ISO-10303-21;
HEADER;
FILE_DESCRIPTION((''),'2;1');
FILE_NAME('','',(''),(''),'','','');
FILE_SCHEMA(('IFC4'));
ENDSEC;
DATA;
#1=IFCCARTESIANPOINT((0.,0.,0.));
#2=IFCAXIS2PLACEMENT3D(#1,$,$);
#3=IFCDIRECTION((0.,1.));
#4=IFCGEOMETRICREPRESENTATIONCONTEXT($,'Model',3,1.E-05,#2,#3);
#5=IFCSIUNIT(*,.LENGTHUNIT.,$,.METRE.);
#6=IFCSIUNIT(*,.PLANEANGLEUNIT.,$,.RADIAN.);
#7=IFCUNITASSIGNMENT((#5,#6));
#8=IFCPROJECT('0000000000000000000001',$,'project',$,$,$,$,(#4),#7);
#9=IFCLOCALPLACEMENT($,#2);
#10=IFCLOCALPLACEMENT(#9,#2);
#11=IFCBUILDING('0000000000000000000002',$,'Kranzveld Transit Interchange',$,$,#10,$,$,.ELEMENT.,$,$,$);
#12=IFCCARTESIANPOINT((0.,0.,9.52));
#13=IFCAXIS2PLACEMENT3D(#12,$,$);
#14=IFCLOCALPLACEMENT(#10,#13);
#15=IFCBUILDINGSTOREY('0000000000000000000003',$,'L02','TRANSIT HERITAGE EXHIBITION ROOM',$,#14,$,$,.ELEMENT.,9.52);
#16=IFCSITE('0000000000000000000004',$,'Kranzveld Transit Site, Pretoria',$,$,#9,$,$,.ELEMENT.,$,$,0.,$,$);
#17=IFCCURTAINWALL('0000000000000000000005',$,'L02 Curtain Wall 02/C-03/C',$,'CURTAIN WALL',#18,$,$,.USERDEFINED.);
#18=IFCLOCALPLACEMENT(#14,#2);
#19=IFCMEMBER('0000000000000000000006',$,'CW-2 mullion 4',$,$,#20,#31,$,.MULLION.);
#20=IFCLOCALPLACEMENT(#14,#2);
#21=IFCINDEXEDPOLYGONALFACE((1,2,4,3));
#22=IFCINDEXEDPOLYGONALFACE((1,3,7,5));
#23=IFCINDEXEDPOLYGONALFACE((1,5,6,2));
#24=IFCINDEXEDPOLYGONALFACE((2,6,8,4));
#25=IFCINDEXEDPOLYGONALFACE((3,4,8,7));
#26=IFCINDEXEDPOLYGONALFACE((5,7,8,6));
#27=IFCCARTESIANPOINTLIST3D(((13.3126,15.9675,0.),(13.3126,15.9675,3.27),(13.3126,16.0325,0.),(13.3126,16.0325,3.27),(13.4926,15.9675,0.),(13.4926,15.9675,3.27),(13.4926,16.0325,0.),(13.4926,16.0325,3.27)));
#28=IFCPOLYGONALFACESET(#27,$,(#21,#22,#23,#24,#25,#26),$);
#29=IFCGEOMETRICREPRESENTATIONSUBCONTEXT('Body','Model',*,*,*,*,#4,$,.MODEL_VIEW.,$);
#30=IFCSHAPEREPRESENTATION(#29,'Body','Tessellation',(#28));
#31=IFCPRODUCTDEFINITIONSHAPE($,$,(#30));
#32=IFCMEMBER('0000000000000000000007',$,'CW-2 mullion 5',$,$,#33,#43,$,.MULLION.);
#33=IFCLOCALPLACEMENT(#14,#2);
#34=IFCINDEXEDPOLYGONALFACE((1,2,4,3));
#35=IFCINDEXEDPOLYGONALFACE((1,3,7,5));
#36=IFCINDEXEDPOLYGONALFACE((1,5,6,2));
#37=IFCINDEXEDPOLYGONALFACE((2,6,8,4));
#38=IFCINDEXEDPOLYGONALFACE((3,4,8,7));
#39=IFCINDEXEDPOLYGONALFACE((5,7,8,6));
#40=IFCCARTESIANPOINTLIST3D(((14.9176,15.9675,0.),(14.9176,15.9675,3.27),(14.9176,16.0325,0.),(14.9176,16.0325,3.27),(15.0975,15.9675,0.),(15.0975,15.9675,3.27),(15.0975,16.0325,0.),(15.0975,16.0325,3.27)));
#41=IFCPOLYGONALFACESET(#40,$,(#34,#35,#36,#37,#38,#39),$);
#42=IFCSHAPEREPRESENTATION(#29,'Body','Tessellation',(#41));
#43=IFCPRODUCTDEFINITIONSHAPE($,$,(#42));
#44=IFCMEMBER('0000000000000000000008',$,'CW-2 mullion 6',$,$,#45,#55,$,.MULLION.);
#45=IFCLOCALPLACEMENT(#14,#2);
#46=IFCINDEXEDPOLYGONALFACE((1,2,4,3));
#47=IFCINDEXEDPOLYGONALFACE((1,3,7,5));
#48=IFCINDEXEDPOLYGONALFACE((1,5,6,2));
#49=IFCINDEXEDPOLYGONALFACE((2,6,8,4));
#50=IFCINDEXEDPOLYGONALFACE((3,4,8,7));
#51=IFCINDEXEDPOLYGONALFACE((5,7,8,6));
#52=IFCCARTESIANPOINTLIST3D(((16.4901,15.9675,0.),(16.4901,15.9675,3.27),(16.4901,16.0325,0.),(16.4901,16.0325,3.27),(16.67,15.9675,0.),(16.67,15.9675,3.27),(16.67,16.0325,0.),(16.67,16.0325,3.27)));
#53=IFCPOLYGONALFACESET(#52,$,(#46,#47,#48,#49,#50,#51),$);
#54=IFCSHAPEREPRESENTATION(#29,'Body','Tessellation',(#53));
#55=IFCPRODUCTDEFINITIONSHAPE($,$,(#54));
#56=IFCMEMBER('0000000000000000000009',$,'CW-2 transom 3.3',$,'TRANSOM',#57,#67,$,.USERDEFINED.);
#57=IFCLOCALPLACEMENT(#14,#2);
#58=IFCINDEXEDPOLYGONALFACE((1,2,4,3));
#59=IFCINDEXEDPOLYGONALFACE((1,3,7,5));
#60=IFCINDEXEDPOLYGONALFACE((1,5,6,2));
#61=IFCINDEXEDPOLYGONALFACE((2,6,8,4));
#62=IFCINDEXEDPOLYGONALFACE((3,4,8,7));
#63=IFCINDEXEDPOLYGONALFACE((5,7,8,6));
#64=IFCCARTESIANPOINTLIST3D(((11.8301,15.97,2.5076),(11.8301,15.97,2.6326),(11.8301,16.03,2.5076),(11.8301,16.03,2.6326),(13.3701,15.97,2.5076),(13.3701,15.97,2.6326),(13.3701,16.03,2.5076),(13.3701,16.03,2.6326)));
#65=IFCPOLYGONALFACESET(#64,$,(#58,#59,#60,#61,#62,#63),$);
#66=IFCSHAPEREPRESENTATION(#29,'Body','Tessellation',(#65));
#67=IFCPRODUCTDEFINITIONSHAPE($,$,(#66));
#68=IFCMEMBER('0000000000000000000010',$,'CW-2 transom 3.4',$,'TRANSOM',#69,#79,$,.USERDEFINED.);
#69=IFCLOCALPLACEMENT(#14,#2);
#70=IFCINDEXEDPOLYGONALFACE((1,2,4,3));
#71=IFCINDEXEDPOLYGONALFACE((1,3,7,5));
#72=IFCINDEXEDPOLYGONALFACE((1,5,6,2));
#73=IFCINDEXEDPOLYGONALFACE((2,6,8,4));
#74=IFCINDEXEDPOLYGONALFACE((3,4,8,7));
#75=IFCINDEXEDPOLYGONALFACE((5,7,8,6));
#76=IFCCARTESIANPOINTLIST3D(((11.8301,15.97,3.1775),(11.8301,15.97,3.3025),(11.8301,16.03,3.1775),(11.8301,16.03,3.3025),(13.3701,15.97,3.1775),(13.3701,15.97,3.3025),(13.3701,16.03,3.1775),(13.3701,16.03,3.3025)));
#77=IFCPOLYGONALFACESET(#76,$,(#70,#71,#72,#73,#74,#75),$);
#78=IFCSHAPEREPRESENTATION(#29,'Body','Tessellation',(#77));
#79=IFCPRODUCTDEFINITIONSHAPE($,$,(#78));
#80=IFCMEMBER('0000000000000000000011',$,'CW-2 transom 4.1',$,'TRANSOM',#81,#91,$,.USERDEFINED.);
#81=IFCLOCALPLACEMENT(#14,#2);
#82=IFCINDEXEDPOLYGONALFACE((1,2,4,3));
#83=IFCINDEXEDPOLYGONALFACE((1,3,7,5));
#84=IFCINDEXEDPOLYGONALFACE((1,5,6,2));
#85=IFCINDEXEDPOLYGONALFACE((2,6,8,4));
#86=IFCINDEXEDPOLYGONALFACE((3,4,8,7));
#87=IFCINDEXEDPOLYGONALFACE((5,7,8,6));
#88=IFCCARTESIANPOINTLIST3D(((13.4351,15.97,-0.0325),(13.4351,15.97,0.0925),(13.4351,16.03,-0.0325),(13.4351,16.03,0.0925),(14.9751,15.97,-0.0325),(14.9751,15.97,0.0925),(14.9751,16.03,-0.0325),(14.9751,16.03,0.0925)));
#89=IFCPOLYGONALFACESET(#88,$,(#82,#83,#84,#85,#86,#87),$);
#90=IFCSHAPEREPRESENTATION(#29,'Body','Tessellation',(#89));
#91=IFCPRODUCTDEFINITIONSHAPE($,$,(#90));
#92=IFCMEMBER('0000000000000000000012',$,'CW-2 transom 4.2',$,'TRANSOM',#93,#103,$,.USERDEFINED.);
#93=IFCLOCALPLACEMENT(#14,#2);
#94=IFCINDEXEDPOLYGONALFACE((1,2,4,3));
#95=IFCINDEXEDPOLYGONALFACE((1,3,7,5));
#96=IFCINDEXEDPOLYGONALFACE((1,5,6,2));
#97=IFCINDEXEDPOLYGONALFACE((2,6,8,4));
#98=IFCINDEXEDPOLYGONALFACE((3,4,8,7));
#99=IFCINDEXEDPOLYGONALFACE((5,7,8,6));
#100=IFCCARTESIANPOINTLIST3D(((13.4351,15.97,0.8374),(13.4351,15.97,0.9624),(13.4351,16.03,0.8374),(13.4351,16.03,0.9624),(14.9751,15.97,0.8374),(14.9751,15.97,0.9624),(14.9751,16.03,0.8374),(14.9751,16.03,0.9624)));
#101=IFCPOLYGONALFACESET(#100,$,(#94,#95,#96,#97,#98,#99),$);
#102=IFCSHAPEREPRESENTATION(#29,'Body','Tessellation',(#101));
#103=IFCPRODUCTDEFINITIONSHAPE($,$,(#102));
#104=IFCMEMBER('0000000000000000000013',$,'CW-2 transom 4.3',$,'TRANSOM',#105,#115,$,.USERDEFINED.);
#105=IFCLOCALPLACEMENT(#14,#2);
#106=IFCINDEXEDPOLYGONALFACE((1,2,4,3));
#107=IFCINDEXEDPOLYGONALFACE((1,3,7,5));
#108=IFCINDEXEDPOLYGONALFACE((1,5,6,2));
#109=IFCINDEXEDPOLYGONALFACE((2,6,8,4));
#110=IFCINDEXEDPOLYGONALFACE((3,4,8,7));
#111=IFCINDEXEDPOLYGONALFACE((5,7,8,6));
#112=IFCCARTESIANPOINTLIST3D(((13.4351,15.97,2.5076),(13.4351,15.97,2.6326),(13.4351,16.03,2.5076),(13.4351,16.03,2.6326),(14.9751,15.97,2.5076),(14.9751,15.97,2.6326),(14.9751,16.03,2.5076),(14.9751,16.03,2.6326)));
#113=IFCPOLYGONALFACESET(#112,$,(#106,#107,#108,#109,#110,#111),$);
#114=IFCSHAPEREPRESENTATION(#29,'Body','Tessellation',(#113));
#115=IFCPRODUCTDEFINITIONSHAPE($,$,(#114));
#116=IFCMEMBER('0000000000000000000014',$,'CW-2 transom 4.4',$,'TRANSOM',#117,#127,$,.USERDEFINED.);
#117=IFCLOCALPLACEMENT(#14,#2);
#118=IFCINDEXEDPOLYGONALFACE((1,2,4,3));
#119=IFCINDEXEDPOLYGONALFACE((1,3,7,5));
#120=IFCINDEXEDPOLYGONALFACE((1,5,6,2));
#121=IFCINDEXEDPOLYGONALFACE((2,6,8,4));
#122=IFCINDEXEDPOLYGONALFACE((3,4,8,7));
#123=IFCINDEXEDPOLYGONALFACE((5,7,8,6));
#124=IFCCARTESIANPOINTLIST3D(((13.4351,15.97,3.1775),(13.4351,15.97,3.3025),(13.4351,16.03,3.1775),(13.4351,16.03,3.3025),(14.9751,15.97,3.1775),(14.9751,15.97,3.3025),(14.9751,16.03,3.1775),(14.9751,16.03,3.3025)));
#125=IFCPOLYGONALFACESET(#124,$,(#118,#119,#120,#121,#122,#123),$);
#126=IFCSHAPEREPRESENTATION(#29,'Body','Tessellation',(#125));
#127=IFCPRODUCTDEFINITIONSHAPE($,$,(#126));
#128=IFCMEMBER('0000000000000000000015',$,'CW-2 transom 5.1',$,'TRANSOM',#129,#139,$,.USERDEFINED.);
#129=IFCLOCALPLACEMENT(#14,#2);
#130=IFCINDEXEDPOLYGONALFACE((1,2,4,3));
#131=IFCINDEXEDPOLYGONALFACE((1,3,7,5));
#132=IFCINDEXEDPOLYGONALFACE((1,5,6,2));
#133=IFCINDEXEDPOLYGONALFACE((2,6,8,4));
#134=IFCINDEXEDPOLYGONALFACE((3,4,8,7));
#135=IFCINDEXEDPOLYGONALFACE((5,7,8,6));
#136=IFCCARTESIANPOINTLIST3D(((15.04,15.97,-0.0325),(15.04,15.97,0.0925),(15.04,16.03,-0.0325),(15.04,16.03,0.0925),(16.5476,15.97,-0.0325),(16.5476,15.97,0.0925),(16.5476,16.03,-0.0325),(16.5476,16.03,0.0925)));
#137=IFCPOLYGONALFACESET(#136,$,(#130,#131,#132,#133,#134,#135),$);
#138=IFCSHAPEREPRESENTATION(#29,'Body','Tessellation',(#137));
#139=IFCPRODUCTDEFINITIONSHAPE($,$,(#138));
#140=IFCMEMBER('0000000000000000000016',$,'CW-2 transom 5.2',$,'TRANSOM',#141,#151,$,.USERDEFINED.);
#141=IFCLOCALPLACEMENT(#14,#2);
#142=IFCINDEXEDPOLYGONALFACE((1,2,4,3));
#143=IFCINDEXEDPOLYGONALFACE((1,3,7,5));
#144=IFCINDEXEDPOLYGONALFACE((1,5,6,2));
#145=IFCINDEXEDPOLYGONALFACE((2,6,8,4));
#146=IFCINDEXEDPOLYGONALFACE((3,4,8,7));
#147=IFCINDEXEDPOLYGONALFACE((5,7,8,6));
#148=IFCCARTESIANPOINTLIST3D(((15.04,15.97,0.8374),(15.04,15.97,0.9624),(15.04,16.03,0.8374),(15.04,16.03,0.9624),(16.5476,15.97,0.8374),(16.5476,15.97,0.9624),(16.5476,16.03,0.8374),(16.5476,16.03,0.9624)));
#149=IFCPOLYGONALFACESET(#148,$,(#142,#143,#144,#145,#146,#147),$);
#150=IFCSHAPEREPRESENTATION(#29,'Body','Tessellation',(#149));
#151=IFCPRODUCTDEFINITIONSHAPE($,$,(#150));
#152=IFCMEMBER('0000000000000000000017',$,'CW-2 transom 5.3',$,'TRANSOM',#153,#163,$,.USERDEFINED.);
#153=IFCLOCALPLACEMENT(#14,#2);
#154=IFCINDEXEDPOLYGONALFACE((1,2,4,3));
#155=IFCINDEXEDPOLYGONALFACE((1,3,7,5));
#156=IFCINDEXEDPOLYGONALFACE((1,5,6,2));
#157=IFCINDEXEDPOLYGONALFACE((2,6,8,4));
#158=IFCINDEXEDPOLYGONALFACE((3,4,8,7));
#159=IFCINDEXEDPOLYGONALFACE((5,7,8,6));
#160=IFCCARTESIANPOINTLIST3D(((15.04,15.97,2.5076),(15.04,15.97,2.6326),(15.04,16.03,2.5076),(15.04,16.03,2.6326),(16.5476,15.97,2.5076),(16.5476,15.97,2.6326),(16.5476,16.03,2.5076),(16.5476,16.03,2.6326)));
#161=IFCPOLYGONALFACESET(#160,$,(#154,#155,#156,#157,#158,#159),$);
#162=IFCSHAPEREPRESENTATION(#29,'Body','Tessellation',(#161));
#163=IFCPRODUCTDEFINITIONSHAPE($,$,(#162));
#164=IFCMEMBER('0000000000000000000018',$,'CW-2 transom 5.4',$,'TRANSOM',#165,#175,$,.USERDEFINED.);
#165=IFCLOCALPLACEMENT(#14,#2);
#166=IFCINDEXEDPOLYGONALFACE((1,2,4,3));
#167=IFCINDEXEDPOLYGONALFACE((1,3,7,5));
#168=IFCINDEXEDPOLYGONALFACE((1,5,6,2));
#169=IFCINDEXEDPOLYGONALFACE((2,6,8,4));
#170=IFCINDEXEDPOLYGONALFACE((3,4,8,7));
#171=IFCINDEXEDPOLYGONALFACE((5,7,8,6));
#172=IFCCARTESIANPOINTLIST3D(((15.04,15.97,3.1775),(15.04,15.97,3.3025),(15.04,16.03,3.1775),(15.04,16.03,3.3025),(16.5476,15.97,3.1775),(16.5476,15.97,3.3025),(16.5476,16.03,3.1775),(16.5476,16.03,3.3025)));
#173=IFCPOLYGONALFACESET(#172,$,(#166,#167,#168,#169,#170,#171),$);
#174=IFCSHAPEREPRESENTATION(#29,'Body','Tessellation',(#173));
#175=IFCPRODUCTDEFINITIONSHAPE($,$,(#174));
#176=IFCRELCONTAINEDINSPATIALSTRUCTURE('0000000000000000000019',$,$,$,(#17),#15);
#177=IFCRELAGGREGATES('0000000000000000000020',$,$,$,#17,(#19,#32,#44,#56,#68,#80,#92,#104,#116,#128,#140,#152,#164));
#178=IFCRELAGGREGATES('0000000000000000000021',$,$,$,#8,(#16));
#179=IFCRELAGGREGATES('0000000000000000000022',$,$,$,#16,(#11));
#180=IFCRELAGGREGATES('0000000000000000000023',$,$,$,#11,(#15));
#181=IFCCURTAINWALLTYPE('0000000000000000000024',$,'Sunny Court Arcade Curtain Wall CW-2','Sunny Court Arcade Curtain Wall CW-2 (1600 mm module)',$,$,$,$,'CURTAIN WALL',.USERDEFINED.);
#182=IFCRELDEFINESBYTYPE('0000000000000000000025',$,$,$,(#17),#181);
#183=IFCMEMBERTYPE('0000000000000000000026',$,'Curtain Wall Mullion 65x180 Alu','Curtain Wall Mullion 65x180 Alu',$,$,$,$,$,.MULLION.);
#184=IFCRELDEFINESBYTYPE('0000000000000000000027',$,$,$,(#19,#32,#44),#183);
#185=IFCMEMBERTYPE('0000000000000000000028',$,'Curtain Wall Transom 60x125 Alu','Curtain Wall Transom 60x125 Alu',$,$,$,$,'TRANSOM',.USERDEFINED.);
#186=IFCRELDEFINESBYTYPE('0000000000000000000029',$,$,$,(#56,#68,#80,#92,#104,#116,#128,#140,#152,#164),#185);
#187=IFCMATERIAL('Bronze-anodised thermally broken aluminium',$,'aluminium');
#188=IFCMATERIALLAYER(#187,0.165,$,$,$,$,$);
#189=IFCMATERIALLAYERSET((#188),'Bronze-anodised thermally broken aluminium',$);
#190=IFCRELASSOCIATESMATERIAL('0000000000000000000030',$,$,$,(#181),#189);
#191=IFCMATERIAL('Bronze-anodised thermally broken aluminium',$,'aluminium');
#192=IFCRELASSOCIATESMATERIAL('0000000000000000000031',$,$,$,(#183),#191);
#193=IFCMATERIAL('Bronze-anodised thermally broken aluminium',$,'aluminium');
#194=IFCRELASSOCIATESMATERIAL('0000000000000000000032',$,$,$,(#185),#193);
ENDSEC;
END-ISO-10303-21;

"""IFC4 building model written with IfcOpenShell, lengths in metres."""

from ifc_helpers import new_model, si_unit, direction, frame, origin, origin_2d, place, context, subcontext, project, spatial, rectangle, extrude, material, layer, layer_set, material_profile, profile_set, type_object, element, aggregate, save


model = new_model("IFC4")

# Units and contexts
model_context = context("Model", 3, precision=1e-05, world=origin(), true_north=direction((0.0, 1.0)))
body_context = subcontext(model_context, "Body", "Model", "MODEL_VIEW")
ifc_project = project(units=[si_unit("LENGTHUNIT", "METRE"), si_unit("PLANEANGLEUNIT", "RADIAN")], contexts=[model_context])

# Site, building, storey
site_placement = place(None, origin())
site = spatial("IfcSite", under=ifc_project, at=site_placement, Name="Kranzveld Transit Site, Pretoria", CompositionType="ELEMENT", RefElevation=0.0)
building_placement = place(site_placement, origin())
building = spatial("IfcBuilding", under=site, at=building_placement, Name="Kranzveld Transit Interchange", CompositionType="ELEMENT")
storey_placement = place(building_placement, frame((0.0, 0.0, 9.52)))
storey = spatial("IfcBuildingStorey", under=building, at=storey_placement, Name="L02", Description="TRANSIT HERITAGE EXHIBITION ROOM", CompositionType="ELEMENT", Elevation=9.52)

# Curtain wall, members
ifc_material_1 = material(Name="Bronze-anodised thermally broken aluminium", Category="aluminium")
ifc_layer_1 = layer(ifc_material_1, 0.165)
ifc_layer_set_1 = layer_set([ifc_layer_1], Name="Bronze-anodised thermally broken aluminium")
curtain_wall_type = type_object("IfcCurtainWallType", Name="Sunny Court Arcade Curtain Wall CW-2", Description="Sunny Court Arcade Curtain Wall CW-2 (1600 mm module)", ElementType="CURTAIN WALL", PredefinedType="USERDEFINED", material=ifc_layer_set_1)
curtain_wall_placement = place(storey_placement, origin())
curtain_wall = element("IfcCurtainWall", 1, at=curtain_wall_placement, inside=storey, type_object=curtain_wall_type, Name="L02 Curtain Wall 02/C-03/C", ObjectType="CURTAIN WALL", PredefinedType="USERDEFINED")
ifc_material_2 = material(Name="Bronze-anodised thermally broken aluminium", Category="aluminium")
ifc_material_profile_1 = material_profile(ifc_material_2, rectangle(XDim=0.0649, YDim=0.1799, at=origin_2d()), Name="ALU MULLION 65x180")
ifc_profile_set_1 = profile_set([ifc_material_profile_1], Name="Bronze-anodised thermally broken aluminium")
member_type_1 = type_object("IfcMemberType", Name="Curtain Wall Mullion 65x180 Alu", Description="Curtain Wall Mullion 65x180 Alu", PredefinedType="MULLION", material=ifc_profile_set_1)
member_1_placement = place(storey_placement, frame((13.4026, 16.0, 0.0), z_axis=(0.0, 0.0, 1.0), x_axis=(0.0, 1.0, 0.0)))
member_1 = element("IfcMember", 2, at=member_1_placement, type_object=member_type_1, Name="CW-2 mullion 4", PredefinedType="MULLION", context=body_context, shape_type="SweptSolid", body=[
    extrude(rectangle(XDim=0.0649, YDim=0.1799, at=origin_2d()), origin(), (0.0, 0.0, 1.0), 3.27),
])
member_2_placement = place(storey_placement, frame((15.0076, 16.0, 0.0), z_axis=(0.0, 0.0, 1.0), x_axis=(0.0, 1.0, 0.0)))
member_2 = element("IfcMember", 3, at=member_2_placement, type_object=member_type_1, Name="CW-2 mullion 5", PredefinedType="MULLION", context=body_context, shape_type="SweptSolid", body=[
    extrude(rectangle(XDim=0.0649, YDim=0.1799, at=origin_2d()), origin(), (0.0, 0.0, 1.0), 3.27),
])
member_3_placement = place(storey_placement, frame((16.5801, 16.0, 0.0), z_axis=(0.0, 0.0, 1.0), x_axis=(0.0, 1.0, 0.0)))
member_3 = element("IfcMember", 4, at=member_3_placement, type_object=member_type_1, Name="CW-2 mullion 6", PredefinedType="MULLION", context=body_context, shape_type="SweptSolid", body=[
    extrude(rectangle(XDim=0.0649, YDim=0.1799, at=origin_2d()), origin(), (0.0, 0.0, 1.0), 3.27),
])
ifc_material_3 = material(Name="Bronze-anodised thermally broken aluminium", Category="aluminium")
ifc_material_profile_2 = material_profile(ifc_material_3, rectangle(XDim=0.0601, YDim=0.125, at=origin_2d()), Name="ALU TRANSOM 60x125")
ifc_profile_set_2 = profile_set([ifc_material_profile_2], Name="Bronze-anodised thermally broken aluminium")
member_type_2 = type_object("IfcMemberType", Name="Curtain Wall Transom 60x125 Alu", Description="Curtain Wall Transom 60x125 Alu", ElementType="TRANSOM", PredefinedType="USERDEFINED", material=ifc_profile_set_2)
member_4_placement = place(storey_placement, frame((11.8301, 16.0, 2.5701), z_axis=(1.0, 0.0, 0.0), x_axis=(0.0, 1.0, 0.0)))
member_4 = element("IfcMember", 5, at=member_4_placement, type_object=member_type_2, Name="CW-2 transom 3.3", ObjectType="TRANSOM", PredefinedType="USERDEFINED", context=body_context, shape_type="SweptSolid", body=[
    extrude(rectangle(XDim=0.0601, YDim=0.125, at=origin_2d()), origin(), (0.0, 0.0, 1.0), 1.54),
])
member_5_placement = place(storey_placement, frame((11.8301, 16.0, 3.24), z_axis=(1.0, 0.0, 0.0), x_axis=(0.0, 1.0, 0.0)))
member_5 = element("IfcMember", 6, at=member_5_placement, type_object=member_type_2, Name="CW-2 transom 3.4", ObjectType="TRANSOM", PredefinedType="USERDEFINED", context=body_context, shape_type="SweptSolid", body=[
    extrude(rectangle(XDim=0.0601, YDim=0.125, at=origin_2d()), origin(), (0.0, 0.0, 1.0), 1.54),
])
member_6_placement = place(storey_placement, frame((13.4351, 16.0, 0.03), z_axis=(1.0, 0.0, 0.0), x_axis=(0.0, 1.0, 0.0)))
member_6 = element("IfcMember", 7, at=member_6_placement, type_object=member_type_2, Name="CW-2 transom 4.1", ObjectType="TRANSOM", PredefinedType="USERDEFINED", context=body_context, shape_type="SweptSolid", body=[
    extrude(rectangle(XDim=0.0601, YDim=0.125, at=origin_2d()), origin(), (0.0, 0.0, 1.0), 1.54),
])
member_7_placement = place(storey_placement, frame((13.4351, 16.0, 0.8999), z_axis=(1.0, 0.0, 0.0), x_axis=(0.0, 1.0, 0.0)))
member_7 = element("IfcMember", 8, at=member_7_placement, type_object=member_type_2, Name="CW-2 transom 4.2", ObjectType="TRANSOM", PredefinedType="USERDEFINED", context=body_context, shape_type="SweptSolid", body=[
    extrude(rectangle(XDim=0.0601, YDim=0.125, at=origin_2d()), origin(), (0.0, 0.0, 1.0), 1.54),
])
member_8_placement = place(storey_placement, frame((13.4351, 16.0, 2.5701), z_axis=(1.0, 0.0, 0.0), x_axis=(0.0, 1.0, 0.0)))
member_8 = element("IfcMember", 9, at=member_8_placement, type_object=member_type_2, Name="CW-2 transom 4.3", ObjectType="TRANSOM", PredefinedType="USERDEFINED", context=body_context, shape_type="SweptSolid", body=[
    extrude(rectangle(XDim=0.0601, YDim=0.125, at=origin_2d()), origin(), (0.0, 0.0, 1.0), 1.54),
])
member_9_placement = place(storey_placement, frame((13.4351, 16.0, 3.24), z_axis=(1.0, 0.0, 0.0), x_axis=(0.0, 1.0, 0.0)))
member_9 = element("IfcMember", 10, at=member_9_placement, type_object=member_type_2, Name="CW-2 transom 4.4", ObjectType="TRANSOM", PredefinedType="USERDEFINED", context=body_context, shape_type="SweptSolid", body=[
    extrude(rectangle(XDim=0.0601, YDim=0.125, at=origin_2d()), origin(), (0.0, 0.0, 1.0), 1.54),
])
member_10_placement = place(storey_placement, frame((15.04, 16.0, 0.03), z_axis=(1.0, 0.0, 0.0), x_axis=(0.0, 1.0, 0.0)))
member_10 = element("IfcMember", 11, at=member_10_placement, type_object=member_type_2, Name="CW-2 transom 5.1", ObjectType="TRANSOM", PredefinedType="USERDEFINED", context=body_context, shape_type="SweptSolid", body=[
    extrude(rectangle(XDim=0.0601, YDim=0.125, at=origin_2d()), origin(), (0.0, 0.0, 1.0), 1.5076),
])
member_11_placement = place(storey_placement, frame((15.04, 16.0, 0.8999), z_axis=(1.0, 0.0, 0.0), x_axis=(0.0, 1.0, 0.0)))
member_11 = element("IfcMember", 12, at=member_11_placement, type_object=member_type_2, Name="CW-2 transom 5.2", ObjectType="TRANSOM", PredefinedType="USERDEFINED", context=body_context, shape_type="SweptSolid", body=[
    extrude(rectangle(XDim=0.0601, YDim=0.125, at=origin_2d()), origin(), (0.0, 0.0, 1.0), 1.5076),
])
member_12_placement = place(storey_placement, frame((15.04, 16.0, 2.5701), z_axis=(1.0, 0.0, 0.0), x_axis=(0.0, 1.0, 0.0)))
member_12 = element("IfcMember", 13, at=member_12_placement, type_object=member_type_2, Name="CW-2 transom 5.3", ObjectType="TRANSOM", PredefinedType="USERDEFINED", context=body_context, shape_type="SweptSolid", body=[
    extrude(rectangle(XDim=0.0601, YDim=0.125, at=origin_2d()), origin(), (0.0, 0.0, 1.0), 1.5076),
])
member_13_placement = place(storey_placement, frame((15.04, 16.0, 3.24), z_axis=(1.0, 0.0, 0.0), x_axis=(0.0, 1.0, 0.0)))
member_13 = element("IfcMember", 14, at=member_13_placement, type_object=member_type_2, Name="CW-2 transom 5.4", ObjectType="TRANSOM", PredefinedType="USERDEFINED", context=body_context, shape_type="SweptSolid", body=[
    extrude(rectangle(XDim=0.0601, YDim=0.125, at=origin_2d()), origin(), (0.0, 0.0, 1.0), 1.5076),
])

aggregate(curtain_wall, [member_1, member_2, member_3, member_4, member_5, member_6, member_7, member_8, member_9, member_10, member_11, member_12, member_13])

save(model, "model.ifc")
